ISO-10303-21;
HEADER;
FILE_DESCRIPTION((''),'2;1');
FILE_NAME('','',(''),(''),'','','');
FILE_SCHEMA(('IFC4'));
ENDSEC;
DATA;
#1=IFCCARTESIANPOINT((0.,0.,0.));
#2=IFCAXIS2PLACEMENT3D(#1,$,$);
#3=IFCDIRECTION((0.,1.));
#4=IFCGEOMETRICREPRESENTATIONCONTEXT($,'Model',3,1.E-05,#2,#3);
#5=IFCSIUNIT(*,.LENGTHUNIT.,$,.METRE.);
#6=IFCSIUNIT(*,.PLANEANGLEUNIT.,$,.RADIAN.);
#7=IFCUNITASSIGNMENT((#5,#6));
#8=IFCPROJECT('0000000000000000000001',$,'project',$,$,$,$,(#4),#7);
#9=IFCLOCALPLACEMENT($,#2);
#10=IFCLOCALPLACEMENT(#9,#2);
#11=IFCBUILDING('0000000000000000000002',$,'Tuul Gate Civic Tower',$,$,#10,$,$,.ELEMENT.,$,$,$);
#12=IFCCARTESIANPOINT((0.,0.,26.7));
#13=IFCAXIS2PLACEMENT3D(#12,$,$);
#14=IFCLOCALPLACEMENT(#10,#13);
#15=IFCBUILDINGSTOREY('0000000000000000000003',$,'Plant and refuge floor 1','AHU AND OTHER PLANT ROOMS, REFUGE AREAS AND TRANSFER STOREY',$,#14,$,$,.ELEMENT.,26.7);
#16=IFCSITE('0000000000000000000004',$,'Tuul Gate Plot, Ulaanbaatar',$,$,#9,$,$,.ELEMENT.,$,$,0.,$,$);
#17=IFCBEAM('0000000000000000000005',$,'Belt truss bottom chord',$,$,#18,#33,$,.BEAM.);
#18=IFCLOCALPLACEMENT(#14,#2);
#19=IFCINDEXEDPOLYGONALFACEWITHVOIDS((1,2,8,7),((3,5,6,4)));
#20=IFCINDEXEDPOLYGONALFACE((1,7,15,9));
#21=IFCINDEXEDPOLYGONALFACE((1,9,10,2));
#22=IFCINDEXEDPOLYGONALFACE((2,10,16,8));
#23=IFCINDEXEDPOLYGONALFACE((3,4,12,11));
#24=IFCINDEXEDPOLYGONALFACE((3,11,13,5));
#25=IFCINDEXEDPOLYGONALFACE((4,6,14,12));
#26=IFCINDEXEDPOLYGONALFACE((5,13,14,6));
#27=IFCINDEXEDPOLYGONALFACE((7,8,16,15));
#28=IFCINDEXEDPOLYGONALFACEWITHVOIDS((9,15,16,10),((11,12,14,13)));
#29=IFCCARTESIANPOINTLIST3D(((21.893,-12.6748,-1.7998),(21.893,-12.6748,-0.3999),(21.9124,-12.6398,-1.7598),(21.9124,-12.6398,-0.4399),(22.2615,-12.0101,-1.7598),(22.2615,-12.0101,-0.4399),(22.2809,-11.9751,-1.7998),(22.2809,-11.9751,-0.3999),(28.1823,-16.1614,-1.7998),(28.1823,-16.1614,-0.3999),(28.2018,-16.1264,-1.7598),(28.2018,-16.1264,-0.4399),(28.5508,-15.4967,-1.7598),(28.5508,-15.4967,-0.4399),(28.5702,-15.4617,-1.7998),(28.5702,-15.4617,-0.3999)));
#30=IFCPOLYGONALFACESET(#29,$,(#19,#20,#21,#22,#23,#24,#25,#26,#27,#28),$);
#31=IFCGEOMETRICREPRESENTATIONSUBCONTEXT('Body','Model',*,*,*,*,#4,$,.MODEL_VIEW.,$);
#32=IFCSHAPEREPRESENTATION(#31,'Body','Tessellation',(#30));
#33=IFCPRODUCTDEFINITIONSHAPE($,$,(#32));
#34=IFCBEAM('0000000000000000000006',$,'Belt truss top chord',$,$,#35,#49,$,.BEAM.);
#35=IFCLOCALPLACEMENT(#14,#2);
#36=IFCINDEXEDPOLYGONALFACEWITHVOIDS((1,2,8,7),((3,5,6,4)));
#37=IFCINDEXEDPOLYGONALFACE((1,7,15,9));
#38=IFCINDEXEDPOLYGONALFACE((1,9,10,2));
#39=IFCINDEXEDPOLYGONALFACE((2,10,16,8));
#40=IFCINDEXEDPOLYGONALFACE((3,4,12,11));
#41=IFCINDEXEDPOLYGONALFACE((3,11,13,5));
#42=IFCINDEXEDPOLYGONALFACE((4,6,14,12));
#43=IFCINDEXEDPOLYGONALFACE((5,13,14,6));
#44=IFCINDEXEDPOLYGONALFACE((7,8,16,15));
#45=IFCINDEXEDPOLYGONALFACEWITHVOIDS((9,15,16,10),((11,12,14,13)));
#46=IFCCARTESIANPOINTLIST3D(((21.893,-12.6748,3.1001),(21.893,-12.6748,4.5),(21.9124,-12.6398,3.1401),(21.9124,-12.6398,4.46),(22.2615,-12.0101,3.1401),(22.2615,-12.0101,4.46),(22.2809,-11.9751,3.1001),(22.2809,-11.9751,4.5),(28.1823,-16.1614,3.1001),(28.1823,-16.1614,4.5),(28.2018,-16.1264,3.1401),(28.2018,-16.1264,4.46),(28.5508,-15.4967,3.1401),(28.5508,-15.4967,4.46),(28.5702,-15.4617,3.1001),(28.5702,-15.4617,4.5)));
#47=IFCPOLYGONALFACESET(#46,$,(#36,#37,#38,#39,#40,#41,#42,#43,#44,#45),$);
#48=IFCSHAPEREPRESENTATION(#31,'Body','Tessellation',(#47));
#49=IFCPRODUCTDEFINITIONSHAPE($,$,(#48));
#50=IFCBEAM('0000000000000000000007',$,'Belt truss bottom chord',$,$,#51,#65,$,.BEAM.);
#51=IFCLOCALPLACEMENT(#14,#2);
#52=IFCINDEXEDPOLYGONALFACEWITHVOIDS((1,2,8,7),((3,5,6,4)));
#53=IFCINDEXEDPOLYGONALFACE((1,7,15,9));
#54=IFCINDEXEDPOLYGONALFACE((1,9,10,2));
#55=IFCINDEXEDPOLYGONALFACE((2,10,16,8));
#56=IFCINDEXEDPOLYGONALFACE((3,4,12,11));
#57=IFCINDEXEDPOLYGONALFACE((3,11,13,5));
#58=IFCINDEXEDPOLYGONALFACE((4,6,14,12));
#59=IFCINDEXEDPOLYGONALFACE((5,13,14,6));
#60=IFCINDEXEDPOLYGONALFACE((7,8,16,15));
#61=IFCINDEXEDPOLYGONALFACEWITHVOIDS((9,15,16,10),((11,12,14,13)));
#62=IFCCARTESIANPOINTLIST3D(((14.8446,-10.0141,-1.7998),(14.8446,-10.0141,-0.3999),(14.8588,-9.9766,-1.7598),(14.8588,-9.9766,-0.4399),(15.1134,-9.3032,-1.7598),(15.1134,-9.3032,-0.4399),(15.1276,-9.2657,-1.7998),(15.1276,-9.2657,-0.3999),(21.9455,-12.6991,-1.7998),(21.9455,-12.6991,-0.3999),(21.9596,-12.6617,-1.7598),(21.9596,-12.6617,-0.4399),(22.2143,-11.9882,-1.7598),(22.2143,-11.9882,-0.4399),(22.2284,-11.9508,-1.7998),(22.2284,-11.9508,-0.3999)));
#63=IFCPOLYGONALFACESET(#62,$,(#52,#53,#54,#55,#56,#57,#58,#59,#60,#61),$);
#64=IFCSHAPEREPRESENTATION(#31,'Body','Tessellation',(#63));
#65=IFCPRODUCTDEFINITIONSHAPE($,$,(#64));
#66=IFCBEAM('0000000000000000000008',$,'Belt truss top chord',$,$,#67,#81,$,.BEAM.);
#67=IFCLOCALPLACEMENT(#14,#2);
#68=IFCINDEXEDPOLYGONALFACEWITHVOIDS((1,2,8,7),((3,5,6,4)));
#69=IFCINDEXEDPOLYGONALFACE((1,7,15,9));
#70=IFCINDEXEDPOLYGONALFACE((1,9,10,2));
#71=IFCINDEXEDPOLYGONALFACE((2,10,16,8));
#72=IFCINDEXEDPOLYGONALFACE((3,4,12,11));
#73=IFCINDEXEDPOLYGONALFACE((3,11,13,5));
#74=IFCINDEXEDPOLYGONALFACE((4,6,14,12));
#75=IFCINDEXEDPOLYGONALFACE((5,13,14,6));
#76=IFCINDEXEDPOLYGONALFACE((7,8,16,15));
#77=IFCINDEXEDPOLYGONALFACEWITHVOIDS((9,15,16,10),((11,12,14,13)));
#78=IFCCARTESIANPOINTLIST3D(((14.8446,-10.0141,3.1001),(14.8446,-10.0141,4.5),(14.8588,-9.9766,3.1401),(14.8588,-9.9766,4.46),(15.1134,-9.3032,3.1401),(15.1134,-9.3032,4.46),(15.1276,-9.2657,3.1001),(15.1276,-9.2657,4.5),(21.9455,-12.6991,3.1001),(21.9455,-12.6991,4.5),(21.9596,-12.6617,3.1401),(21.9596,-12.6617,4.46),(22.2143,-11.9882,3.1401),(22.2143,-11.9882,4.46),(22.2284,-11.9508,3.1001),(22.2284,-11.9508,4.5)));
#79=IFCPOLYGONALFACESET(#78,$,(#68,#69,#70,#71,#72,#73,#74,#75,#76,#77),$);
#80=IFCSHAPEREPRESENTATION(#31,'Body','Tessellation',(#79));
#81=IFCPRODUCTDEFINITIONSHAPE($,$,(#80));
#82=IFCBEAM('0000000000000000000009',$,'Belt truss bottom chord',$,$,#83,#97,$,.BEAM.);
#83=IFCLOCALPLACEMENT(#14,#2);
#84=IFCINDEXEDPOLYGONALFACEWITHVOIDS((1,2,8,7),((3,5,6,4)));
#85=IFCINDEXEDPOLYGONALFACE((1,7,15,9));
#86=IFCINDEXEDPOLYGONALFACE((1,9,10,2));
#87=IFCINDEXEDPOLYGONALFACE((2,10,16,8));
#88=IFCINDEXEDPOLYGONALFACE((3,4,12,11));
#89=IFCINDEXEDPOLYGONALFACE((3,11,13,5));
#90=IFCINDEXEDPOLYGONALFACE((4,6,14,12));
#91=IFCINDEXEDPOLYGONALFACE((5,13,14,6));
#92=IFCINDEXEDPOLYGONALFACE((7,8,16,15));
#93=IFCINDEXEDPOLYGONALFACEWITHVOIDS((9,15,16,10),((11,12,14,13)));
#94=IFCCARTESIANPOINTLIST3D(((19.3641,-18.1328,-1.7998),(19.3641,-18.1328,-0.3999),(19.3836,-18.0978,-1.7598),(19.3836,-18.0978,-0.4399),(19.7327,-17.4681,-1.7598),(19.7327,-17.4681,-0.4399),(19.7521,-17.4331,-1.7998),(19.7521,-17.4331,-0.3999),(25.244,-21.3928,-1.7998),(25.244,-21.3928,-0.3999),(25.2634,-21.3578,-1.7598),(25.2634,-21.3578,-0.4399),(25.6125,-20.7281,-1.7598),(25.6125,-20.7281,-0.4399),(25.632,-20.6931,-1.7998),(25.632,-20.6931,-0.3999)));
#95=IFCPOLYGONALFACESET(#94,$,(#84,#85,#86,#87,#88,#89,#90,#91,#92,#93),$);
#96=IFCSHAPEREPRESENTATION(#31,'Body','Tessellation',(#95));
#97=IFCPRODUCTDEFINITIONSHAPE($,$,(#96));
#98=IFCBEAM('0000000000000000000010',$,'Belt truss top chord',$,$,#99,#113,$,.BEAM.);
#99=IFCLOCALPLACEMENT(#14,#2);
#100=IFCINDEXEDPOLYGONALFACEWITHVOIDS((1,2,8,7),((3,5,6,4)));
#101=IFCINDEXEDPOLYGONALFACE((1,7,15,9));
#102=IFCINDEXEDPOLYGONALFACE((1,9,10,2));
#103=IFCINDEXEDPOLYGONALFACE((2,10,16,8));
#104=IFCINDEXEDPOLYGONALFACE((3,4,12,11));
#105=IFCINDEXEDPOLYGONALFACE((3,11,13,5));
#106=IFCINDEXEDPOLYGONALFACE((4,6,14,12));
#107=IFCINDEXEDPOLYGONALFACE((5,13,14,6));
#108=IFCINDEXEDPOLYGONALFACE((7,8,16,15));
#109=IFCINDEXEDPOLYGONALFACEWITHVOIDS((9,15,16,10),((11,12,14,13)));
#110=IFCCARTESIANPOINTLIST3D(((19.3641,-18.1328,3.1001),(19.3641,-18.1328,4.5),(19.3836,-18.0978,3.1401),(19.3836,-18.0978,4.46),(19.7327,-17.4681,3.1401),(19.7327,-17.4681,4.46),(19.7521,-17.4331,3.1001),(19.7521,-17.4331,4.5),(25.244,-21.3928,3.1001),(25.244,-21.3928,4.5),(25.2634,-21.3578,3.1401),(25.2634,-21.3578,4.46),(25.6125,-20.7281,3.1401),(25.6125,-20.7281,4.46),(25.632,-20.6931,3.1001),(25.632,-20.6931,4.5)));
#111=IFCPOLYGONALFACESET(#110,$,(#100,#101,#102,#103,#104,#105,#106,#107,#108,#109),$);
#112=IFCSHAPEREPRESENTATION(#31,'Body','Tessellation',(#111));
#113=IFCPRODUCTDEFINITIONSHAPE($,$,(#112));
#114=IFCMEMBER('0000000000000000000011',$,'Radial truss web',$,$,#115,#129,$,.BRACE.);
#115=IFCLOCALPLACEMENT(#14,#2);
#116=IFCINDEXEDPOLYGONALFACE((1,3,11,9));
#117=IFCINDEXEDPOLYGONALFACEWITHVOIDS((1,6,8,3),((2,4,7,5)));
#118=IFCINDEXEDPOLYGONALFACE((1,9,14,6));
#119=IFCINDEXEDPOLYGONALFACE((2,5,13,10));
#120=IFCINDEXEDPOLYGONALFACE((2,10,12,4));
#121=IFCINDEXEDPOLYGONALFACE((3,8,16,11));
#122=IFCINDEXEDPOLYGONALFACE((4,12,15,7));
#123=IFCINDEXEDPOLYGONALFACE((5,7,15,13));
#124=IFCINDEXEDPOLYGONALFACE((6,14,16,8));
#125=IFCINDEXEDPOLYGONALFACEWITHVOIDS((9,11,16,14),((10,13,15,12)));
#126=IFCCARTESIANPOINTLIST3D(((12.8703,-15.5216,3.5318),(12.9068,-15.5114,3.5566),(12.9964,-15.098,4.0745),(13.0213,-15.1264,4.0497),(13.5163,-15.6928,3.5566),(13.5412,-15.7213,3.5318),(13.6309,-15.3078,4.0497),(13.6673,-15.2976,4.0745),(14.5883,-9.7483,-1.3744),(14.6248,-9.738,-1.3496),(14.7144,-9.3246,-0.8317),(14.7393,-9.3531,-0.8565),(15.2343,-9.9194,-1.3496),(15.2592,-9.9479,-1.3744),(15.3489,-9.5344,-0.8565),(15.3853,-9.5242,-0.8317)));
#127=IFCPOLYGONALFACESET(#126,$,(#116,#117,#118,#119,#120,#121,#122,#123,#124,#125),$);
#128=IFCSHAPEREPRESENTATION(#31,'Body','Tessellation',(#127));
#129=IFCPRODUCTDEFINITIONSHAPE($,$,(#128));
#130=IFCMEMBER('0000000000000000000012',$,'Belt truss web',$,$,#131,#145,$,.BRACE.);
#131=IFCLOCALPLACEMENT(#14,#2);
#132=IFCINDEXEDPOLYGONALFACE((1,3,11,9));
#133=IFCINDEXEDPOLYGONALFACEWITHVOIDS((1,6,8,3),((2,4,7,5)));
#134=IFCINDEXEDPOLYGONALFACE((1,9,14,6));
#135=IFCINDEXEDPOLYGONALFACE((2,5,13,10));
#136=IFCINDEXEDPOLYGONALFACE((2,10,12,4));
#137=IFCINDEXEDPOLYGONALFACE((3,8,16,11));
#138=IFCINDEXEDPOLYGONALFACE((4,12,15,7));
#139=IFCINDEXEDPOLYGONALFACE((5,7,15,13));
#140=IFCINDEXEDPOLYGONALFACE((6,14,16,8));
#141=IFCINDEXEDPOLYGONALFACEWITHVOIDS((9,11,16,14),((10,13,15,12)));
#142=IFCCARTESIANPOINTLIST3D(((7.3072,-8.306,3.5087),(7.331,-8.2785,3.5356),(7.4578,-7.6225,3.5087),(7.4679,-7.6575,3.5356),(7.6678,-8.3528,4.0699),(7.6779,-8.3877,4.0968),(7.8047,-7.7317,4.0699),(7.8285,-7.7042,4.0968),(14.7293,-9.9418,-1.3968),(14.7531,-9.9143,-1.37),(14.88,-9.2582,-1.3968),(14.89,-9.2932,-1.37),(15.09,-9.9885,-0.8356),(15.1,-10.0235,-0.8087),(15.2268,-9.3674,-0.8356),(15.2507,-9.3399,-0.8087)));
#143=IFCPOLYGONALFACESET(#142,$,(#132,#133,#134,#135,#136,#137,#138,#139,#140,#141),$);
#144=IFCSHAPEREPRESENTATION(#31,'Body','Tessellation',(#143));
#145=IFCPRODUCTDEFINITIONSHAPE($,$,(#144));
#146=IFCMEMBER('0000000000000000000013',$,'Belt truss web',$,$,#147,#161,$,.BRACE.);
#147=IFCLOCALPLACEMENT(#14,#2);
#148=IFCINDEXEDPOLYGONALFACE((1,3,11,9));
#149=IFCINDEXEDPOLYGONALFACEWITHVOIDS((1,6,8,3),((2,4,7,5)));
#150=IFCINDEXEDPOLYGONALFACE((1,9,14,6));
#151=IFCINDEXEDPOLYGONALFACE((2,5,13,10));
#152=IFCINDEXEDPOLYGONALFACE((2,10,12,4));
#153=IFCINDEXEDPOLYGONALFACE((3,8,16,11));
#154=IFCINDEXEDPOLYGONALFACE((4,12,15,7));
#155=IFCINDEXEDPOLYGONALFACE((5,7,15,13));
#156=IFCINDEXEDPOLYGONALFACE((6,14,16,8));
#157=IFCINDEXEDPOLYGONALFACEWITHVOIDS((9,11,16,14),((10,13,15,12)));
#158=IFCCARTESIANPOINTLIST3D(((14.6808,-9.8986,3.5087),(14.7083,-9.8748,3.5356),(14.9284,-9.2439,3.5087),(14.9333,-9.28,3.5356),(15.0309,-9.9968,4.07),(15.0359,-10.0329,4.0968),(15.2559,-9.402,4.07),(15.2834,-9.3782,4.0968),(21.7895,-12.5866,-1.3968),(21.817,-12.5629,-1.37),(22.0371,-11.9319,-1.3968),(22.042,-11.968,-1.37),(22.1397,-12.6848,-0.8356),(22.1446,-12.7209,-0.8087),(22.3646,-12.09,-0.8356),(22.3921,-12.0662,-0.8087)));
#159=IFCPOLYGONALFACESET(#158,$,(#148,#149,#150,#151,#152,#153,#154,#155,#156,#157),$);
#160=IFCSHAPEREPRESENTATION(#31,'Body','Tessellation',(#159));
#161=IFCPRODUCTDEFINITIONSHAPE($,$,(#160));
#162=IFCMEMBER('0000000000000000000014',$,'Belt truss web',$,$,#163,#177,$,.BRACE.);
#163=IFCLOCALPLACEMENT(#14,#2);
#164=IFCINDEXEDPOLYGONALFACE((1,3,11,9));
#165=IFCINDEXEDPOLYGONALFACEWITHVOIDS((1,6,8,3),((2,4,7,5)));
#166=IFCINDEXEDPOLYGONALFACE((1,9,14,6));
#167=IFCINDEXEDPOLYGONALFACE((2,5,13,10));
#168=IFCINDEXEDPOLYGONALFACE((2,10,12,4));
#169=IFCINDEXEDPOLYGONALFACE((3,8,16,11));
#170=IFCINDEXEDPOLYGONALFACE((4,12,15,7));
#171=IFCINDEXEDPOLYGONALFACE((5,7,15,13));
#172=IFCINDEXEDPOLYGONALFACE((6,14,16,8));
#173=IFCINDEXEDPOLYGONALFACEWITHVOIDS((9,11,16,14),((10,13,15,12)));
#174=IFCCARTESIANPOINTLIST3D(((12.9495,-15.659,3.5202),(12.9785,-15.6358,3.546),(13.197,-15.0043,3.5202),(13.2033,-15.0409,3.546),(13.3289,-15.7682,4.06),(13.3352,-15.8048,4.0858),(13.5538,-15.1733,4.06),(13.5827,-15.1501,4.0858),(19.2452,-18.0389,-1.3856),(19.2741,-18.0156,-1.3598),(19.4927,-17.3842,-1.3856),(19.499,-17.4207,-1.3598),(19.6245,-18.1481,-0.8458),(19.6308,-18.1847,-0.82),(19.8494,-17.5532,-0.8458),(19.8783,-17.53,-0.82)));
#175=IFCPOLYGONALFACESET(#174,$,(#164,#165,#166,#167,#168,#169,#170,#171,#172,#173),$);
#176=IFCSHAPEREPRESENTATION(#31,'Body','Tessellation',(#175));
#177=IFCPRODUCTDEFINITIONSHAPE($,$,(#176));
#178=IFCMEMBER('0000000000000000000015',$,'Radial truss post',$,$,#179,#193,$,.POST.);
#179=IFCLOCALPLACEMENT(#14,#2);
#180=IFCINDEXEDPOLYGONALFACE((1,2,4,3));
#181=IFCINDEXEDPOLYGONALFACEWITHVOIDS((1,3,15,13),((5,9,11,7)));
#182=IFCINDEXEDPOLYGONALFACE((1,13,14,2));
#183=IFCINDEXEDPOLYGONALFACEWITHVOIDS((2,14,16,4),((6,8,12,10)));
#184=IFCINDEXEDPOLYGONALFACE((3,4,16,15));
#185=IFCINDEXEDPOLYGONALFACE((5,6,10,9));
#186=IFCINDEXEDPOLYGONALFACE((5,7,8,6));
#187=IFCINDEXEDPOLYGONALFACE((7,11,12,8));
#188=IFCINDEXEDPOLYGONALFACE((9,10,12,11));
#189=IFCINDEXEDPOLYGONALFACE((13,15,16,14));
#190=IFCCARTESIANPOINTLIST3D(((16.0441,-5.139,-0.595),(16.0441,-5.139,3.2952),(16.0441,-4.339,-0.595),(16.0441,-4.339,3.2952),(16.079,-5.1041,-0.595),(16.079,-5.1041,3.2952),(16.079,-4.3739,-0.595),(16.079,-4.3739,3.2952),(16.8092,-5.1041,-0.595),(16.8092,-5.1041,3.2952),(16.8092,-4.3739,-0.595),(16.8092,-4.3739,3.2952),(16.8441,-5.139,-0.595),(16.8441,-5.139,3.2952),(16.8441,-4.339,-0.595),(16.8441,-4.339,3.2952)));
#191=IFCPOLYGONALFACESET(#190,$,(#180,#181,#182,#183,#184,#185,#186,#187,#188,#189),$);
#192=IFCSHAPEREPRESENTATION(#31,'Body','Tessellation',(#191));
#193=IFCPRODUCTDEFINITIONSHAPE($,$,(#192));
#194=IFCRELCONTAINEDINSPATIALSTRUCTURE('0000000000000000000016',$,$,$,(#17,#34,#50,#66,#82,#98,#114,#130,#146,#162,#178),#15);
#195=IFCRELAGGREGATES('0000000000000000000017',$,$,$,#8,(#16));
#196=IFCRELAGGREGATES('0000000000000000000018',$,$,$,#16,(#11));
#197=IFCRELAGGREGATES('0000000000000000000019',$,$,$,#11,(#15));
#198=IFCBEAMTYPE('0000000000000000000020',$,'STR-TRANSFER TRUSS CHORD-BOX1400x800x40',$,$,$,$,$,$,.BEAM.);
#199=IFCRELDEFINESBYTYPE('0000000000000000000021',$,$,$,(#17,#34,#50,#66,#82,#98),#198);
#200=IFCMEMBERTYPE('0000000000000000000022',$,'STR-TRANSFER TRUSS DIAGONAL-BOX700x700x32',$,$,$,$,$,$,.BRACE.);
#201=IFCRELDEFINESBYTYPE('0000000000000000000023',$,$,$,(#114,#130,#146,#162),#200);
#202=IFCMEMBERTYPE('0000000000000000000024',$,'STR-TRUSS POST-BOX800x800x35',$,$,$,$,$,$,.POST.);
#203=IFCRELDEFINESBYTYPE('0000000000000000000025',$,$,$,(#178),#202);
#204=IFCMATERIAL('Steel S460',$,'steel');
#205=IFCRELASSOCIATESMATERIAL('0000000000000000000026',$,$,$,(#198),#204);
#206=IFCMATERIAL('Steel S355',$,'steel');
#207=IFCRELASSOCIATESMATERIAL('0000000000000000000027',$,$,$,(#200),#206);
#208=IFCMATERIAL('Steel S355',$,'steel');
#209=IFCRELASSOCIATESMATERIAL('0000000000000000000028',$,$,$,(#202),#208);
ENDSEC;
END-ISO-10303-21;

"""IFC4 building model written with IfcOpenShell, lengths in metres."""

from ifc_helpers import new_model, si_unit, direction, frame, origin, origin_2d, place, context, subcontext, project, spatial, hollow_rectangle, extrude, material, material_profile, profile_set, type_object, element, save


model = new_model("IFC4")

# Units and contexts
model_context = context("Model", 3, precision=1e-05, world=origin(), true_north=direction((0.0, 1.0)))
body_context = subcontext(model_context, "Body", "Model", "MODEL_VIEW")
ifc_project = project(units=[si_unit("LENGTHUNIT", "METRE"), si_unit("PLANEANGLEUNIT", "RADIAN")], contexts=[model_context])

# Site, building, storey
site_placement = place(None, origin())
site = spatial("IfcSite", under=ifc_project, at=site_placement, Name="Tuul Gate Plot, Ulaanbaatar", CompositionType="ELEMENT", RefElevation=0.0)
building_placement = place(site_placement, origin())
building = spatial("IfcBuilding", under=site, at=building_placement, Name="Tuul Gate Civic Tower", CompositionType="ELEMENT")
storey_placement = place(building_placement, frame((0.0, 0.0, 26.7)))
storey = spatial("IfcBuildingStorey", under=building, at=storey_placement, Name="Plant and refuge floor 1", Description="AHU AND OTHER PLANT ROOMS, REFUGE AREAS AND TRANSFER STOREY", CompositionType="ELEMENT", Elevation=26.7)

# Beams
ifc_material_1 = material(Name="Steel S460", Category="steel")
ifc_material_profile_1 = material_profile(ifc_material_1, hollow_rectangle(XDim=0.8, YDim=1.3999, WallThickness=0.04, at=origin_2d()), Name="BOX1400x800x40")
ifc_profile_set_1 = profile_set([ifc_material_profile_1], Name="Steel S460")
beam_type_1 = type_object("IfcBeamType", Name="STR-TRANSFER TRUSS CHORD-BOX1400x800x40", PredefinedType="BEAM", material=ifc_profile_set_1)
for number, where, z_axis, x_axis, name in (
    (1, (22.0869, -12.325, -1.0999), (0.874599, -0.484847, 0.0), (0.484847, 0.874599, 0.0), "Belt truss bottom chord"),
    (2, (22.0869, -12.325, 3.8), (0.874599, -0.484847, 0.0), (0.484847, 0.874599, 0.0), "Belt truss top chord"),
):
    element("IfcBeam", number, at=place(storey_placement, frame(where, z_axis=z_axis, x_axis=x_axis)), inside=storey, type_object=beam_type_1, Name=name, PredefinedType="BEAM", context=body_context, shape_type="SweptSolid", body=[
        extrude(hollow_rectangle(XDim=0.8, YDim=1.3999, WallThickness=0.04, at=origin_2d()), origin(), (0.0, 0.0, 1.0), 7.1912),
    ])
for number, where, z_axis, x_axis, name in (
    (3, (14.9861, -9.6399, -1.0999), (0.935362, -0.353691, 0.0), (0.353691, 0.935362, 0.0), "Belt truss bottom chord"),
    (4, (14.9861, -9.6399, 3.8), (0.935362, -0.353691, 0.0), (0.353691, 0.935362, 0.0), "Belt truss top chord"),
):
    element("IfcBeam", number, at=place(storey_placement, frame(where, z_axis=z_axis, x_axis=x_axis)), inside=storey, type_object=beam_type_1, Name=name, PredefinedType="BEAM", context=body_context, shape_type="SweptSolid", body=[
        extrude(hollow_rectangle(XDim=0.8, YDim=1.3999, WallThickness=0.04, at=origin_2d()), origin(), (0.0, 0.0, 1.0), 7.5916),
    ])
for number, where, z_axis, x_axis, name in (
    (5, (19.5581, -17.783, -1.0999), (0.874573, -0.484894, 0.0), (0.484894, 0.874573, 0.0), "Belt truss bottom chord"),
    (6, (19.5581, -17.783, 3.8), (0.874573, -0.484894, 0.0), (0.484894, 0.874573, 0.0), "Belt truss top chord"),
):
    element("IfcBeam", number, at=place(storey_placement, frame(where, z_axis=z_axis, x_axis=x_axis)), inside=storey, type_object=beam_type_1, Name=name, PredefinedType="BEAM", context=body_context, shape_type="SweptSolid", body=[
        extrude(hollow_rectangle(XDim=0.8, YDim=1.3999, WallThickness=0.04, at=origin_2d()), origin(), (0.0, 0.0, 1.0), 6.7231),
    ])

# Members
ifc_material_2 = material(Name="Steel S355", Category="steel")
ifc_material_profile_2 = material_profile(ifc_material_2, hollow_rectangle(XDim=0.7, YDim=0.7, WallThickness=0.032, at=origin_2d()), Name="BOX700x700x32")
ifc_profile_set_2 = profile_set([ifc_material_profile_2], Name="Steel S355")
member_type_1 = type_object("IfcMemberType", Name="STR-TRANSFER TRUSS DIAGONAL-BOX700x700x32", PredefinedType="BRACE", material=ifc_profile_set_2)
member_1_placement = place(storey_placement, frame((14.9868, -9.6362, -1.103), z_axis=(-0.221141, -0.74315, 0.631526), x_axis=(0.958464, -0.285213, 0.0)))
element("IfcMember", 7, at=member_1_placement, inside=storey, type_object=member_type_1, Name="Radial truss web", PredefinedType="BRACE", context=body_context, shape_type="SweptSolid", body=[
    extrude(hollow_rectangle(XDim=0.7, YDim=0.7, WallThickness=0.032, at=origin_2d()), origin(), (0.0, 0.0, 1.0), 7.7688),
])
member_2_placement = place(storey_placement, frame((14.99, -9.6409, -1.1028), z_axis=(-0.820499, 0.180828, 0.542294), x_axis=(-0.215223, -0.976565, 0.0)))
element("IfcMember", 8, at=member_2_placement, inside=storey, type_object=member_type_1, Name="Belt truss web", PredefinedType="BRACE", context=body_context, shape_type="SweptSolid", body=[
    extrude(hollow_rectangle(XDim=0.7, YDim=0.7, WallThickness=0.032, at=origin_2d()), origin(), (0.0, 0.0, 1.0), 9.0459),
])
member_3_placement = place(storey_placement, frame((22.0908, -12.3264, -1.1028), z_axis=(-0.785871, 0.297161, 0.542312), x_axis=(-0.353689, -0.935363, 0.0)))
element("IfcMember", 9, at=member_3_placement, inside=storey, type_object=member_type_1, Name="Belt truss web", PredefinedType="BRACE", context=body_context, shape_type="SweptSolid", body=[
    extrude(hollow_rectangle(XDim=0.7, YDim=0.7, WallThickness=0.032, at=origin_2d()), origin(), (0.0, 0.0, 1.0), 9.0457),
])
member_4_placement = place(storey_placement, frame((19.5618, -17.7844, -1.1028), z_axis=(-0.755908, 0.285748, 0.589026), x_axis=(-0.353599, -0.935397, 0.0)))
element("IfcMember", 10, at=member_4_placement, inside=storey, type_object=member_type_1, Name="Belt truss web", PredefinedType="BRACE", context=body_context, shape_type="SweptSolid", body=[
    extrude(hollow_rectangle(XDim=0.7, YDim=0.7, WallThickness=0.032, at=origin_2d()), origin(), (0.0, 0.0, 1.0), 8.3286),
])
ifc_material_3 = material(Name="Steel S355", Category="steel")
ifc_material_profile_3 = material_profile(ifc_material_3, hollow_rectangle(XDim=0.8, YDim=0.8, WallThickness=0.0349, at=origin_2d()), Name="BOX800x800x35")
ifc_profile_set_3 = profile_set([ifc_material_profile_3], Name="Steel S355")
member_type_2 = type_object("IfcMemberType", Name="STR-TRUSS POST-BOX800x800x35", PredefinedType="POST", material=ifc_profile_set_3)
for number, where, z_axis, x_axis, name in (
    (11, (16.4441, -4.739, -0.595), (0.0, 0.0, 1.0), (1.0, 0.0, 0.0), "Radial truss post"),
):
    element("IfcMember", number, at=place(storey_placement, frame(where, z_axis=z_axis, x_axis=x_axis)), inside=storey, type_object=member_type_2, Name=name, PredefinedType="POST", context=body_context, shape_type="SweptSolid", body=[
        extrude(hollow_rectangle(XDim=0.8, YDim=0.8, WallThickness=0.0349, at=origin_2d()), origin(), (0.0, 0.0, 1.0), 3.8901),
    ])

save(model, "model.ifc")
